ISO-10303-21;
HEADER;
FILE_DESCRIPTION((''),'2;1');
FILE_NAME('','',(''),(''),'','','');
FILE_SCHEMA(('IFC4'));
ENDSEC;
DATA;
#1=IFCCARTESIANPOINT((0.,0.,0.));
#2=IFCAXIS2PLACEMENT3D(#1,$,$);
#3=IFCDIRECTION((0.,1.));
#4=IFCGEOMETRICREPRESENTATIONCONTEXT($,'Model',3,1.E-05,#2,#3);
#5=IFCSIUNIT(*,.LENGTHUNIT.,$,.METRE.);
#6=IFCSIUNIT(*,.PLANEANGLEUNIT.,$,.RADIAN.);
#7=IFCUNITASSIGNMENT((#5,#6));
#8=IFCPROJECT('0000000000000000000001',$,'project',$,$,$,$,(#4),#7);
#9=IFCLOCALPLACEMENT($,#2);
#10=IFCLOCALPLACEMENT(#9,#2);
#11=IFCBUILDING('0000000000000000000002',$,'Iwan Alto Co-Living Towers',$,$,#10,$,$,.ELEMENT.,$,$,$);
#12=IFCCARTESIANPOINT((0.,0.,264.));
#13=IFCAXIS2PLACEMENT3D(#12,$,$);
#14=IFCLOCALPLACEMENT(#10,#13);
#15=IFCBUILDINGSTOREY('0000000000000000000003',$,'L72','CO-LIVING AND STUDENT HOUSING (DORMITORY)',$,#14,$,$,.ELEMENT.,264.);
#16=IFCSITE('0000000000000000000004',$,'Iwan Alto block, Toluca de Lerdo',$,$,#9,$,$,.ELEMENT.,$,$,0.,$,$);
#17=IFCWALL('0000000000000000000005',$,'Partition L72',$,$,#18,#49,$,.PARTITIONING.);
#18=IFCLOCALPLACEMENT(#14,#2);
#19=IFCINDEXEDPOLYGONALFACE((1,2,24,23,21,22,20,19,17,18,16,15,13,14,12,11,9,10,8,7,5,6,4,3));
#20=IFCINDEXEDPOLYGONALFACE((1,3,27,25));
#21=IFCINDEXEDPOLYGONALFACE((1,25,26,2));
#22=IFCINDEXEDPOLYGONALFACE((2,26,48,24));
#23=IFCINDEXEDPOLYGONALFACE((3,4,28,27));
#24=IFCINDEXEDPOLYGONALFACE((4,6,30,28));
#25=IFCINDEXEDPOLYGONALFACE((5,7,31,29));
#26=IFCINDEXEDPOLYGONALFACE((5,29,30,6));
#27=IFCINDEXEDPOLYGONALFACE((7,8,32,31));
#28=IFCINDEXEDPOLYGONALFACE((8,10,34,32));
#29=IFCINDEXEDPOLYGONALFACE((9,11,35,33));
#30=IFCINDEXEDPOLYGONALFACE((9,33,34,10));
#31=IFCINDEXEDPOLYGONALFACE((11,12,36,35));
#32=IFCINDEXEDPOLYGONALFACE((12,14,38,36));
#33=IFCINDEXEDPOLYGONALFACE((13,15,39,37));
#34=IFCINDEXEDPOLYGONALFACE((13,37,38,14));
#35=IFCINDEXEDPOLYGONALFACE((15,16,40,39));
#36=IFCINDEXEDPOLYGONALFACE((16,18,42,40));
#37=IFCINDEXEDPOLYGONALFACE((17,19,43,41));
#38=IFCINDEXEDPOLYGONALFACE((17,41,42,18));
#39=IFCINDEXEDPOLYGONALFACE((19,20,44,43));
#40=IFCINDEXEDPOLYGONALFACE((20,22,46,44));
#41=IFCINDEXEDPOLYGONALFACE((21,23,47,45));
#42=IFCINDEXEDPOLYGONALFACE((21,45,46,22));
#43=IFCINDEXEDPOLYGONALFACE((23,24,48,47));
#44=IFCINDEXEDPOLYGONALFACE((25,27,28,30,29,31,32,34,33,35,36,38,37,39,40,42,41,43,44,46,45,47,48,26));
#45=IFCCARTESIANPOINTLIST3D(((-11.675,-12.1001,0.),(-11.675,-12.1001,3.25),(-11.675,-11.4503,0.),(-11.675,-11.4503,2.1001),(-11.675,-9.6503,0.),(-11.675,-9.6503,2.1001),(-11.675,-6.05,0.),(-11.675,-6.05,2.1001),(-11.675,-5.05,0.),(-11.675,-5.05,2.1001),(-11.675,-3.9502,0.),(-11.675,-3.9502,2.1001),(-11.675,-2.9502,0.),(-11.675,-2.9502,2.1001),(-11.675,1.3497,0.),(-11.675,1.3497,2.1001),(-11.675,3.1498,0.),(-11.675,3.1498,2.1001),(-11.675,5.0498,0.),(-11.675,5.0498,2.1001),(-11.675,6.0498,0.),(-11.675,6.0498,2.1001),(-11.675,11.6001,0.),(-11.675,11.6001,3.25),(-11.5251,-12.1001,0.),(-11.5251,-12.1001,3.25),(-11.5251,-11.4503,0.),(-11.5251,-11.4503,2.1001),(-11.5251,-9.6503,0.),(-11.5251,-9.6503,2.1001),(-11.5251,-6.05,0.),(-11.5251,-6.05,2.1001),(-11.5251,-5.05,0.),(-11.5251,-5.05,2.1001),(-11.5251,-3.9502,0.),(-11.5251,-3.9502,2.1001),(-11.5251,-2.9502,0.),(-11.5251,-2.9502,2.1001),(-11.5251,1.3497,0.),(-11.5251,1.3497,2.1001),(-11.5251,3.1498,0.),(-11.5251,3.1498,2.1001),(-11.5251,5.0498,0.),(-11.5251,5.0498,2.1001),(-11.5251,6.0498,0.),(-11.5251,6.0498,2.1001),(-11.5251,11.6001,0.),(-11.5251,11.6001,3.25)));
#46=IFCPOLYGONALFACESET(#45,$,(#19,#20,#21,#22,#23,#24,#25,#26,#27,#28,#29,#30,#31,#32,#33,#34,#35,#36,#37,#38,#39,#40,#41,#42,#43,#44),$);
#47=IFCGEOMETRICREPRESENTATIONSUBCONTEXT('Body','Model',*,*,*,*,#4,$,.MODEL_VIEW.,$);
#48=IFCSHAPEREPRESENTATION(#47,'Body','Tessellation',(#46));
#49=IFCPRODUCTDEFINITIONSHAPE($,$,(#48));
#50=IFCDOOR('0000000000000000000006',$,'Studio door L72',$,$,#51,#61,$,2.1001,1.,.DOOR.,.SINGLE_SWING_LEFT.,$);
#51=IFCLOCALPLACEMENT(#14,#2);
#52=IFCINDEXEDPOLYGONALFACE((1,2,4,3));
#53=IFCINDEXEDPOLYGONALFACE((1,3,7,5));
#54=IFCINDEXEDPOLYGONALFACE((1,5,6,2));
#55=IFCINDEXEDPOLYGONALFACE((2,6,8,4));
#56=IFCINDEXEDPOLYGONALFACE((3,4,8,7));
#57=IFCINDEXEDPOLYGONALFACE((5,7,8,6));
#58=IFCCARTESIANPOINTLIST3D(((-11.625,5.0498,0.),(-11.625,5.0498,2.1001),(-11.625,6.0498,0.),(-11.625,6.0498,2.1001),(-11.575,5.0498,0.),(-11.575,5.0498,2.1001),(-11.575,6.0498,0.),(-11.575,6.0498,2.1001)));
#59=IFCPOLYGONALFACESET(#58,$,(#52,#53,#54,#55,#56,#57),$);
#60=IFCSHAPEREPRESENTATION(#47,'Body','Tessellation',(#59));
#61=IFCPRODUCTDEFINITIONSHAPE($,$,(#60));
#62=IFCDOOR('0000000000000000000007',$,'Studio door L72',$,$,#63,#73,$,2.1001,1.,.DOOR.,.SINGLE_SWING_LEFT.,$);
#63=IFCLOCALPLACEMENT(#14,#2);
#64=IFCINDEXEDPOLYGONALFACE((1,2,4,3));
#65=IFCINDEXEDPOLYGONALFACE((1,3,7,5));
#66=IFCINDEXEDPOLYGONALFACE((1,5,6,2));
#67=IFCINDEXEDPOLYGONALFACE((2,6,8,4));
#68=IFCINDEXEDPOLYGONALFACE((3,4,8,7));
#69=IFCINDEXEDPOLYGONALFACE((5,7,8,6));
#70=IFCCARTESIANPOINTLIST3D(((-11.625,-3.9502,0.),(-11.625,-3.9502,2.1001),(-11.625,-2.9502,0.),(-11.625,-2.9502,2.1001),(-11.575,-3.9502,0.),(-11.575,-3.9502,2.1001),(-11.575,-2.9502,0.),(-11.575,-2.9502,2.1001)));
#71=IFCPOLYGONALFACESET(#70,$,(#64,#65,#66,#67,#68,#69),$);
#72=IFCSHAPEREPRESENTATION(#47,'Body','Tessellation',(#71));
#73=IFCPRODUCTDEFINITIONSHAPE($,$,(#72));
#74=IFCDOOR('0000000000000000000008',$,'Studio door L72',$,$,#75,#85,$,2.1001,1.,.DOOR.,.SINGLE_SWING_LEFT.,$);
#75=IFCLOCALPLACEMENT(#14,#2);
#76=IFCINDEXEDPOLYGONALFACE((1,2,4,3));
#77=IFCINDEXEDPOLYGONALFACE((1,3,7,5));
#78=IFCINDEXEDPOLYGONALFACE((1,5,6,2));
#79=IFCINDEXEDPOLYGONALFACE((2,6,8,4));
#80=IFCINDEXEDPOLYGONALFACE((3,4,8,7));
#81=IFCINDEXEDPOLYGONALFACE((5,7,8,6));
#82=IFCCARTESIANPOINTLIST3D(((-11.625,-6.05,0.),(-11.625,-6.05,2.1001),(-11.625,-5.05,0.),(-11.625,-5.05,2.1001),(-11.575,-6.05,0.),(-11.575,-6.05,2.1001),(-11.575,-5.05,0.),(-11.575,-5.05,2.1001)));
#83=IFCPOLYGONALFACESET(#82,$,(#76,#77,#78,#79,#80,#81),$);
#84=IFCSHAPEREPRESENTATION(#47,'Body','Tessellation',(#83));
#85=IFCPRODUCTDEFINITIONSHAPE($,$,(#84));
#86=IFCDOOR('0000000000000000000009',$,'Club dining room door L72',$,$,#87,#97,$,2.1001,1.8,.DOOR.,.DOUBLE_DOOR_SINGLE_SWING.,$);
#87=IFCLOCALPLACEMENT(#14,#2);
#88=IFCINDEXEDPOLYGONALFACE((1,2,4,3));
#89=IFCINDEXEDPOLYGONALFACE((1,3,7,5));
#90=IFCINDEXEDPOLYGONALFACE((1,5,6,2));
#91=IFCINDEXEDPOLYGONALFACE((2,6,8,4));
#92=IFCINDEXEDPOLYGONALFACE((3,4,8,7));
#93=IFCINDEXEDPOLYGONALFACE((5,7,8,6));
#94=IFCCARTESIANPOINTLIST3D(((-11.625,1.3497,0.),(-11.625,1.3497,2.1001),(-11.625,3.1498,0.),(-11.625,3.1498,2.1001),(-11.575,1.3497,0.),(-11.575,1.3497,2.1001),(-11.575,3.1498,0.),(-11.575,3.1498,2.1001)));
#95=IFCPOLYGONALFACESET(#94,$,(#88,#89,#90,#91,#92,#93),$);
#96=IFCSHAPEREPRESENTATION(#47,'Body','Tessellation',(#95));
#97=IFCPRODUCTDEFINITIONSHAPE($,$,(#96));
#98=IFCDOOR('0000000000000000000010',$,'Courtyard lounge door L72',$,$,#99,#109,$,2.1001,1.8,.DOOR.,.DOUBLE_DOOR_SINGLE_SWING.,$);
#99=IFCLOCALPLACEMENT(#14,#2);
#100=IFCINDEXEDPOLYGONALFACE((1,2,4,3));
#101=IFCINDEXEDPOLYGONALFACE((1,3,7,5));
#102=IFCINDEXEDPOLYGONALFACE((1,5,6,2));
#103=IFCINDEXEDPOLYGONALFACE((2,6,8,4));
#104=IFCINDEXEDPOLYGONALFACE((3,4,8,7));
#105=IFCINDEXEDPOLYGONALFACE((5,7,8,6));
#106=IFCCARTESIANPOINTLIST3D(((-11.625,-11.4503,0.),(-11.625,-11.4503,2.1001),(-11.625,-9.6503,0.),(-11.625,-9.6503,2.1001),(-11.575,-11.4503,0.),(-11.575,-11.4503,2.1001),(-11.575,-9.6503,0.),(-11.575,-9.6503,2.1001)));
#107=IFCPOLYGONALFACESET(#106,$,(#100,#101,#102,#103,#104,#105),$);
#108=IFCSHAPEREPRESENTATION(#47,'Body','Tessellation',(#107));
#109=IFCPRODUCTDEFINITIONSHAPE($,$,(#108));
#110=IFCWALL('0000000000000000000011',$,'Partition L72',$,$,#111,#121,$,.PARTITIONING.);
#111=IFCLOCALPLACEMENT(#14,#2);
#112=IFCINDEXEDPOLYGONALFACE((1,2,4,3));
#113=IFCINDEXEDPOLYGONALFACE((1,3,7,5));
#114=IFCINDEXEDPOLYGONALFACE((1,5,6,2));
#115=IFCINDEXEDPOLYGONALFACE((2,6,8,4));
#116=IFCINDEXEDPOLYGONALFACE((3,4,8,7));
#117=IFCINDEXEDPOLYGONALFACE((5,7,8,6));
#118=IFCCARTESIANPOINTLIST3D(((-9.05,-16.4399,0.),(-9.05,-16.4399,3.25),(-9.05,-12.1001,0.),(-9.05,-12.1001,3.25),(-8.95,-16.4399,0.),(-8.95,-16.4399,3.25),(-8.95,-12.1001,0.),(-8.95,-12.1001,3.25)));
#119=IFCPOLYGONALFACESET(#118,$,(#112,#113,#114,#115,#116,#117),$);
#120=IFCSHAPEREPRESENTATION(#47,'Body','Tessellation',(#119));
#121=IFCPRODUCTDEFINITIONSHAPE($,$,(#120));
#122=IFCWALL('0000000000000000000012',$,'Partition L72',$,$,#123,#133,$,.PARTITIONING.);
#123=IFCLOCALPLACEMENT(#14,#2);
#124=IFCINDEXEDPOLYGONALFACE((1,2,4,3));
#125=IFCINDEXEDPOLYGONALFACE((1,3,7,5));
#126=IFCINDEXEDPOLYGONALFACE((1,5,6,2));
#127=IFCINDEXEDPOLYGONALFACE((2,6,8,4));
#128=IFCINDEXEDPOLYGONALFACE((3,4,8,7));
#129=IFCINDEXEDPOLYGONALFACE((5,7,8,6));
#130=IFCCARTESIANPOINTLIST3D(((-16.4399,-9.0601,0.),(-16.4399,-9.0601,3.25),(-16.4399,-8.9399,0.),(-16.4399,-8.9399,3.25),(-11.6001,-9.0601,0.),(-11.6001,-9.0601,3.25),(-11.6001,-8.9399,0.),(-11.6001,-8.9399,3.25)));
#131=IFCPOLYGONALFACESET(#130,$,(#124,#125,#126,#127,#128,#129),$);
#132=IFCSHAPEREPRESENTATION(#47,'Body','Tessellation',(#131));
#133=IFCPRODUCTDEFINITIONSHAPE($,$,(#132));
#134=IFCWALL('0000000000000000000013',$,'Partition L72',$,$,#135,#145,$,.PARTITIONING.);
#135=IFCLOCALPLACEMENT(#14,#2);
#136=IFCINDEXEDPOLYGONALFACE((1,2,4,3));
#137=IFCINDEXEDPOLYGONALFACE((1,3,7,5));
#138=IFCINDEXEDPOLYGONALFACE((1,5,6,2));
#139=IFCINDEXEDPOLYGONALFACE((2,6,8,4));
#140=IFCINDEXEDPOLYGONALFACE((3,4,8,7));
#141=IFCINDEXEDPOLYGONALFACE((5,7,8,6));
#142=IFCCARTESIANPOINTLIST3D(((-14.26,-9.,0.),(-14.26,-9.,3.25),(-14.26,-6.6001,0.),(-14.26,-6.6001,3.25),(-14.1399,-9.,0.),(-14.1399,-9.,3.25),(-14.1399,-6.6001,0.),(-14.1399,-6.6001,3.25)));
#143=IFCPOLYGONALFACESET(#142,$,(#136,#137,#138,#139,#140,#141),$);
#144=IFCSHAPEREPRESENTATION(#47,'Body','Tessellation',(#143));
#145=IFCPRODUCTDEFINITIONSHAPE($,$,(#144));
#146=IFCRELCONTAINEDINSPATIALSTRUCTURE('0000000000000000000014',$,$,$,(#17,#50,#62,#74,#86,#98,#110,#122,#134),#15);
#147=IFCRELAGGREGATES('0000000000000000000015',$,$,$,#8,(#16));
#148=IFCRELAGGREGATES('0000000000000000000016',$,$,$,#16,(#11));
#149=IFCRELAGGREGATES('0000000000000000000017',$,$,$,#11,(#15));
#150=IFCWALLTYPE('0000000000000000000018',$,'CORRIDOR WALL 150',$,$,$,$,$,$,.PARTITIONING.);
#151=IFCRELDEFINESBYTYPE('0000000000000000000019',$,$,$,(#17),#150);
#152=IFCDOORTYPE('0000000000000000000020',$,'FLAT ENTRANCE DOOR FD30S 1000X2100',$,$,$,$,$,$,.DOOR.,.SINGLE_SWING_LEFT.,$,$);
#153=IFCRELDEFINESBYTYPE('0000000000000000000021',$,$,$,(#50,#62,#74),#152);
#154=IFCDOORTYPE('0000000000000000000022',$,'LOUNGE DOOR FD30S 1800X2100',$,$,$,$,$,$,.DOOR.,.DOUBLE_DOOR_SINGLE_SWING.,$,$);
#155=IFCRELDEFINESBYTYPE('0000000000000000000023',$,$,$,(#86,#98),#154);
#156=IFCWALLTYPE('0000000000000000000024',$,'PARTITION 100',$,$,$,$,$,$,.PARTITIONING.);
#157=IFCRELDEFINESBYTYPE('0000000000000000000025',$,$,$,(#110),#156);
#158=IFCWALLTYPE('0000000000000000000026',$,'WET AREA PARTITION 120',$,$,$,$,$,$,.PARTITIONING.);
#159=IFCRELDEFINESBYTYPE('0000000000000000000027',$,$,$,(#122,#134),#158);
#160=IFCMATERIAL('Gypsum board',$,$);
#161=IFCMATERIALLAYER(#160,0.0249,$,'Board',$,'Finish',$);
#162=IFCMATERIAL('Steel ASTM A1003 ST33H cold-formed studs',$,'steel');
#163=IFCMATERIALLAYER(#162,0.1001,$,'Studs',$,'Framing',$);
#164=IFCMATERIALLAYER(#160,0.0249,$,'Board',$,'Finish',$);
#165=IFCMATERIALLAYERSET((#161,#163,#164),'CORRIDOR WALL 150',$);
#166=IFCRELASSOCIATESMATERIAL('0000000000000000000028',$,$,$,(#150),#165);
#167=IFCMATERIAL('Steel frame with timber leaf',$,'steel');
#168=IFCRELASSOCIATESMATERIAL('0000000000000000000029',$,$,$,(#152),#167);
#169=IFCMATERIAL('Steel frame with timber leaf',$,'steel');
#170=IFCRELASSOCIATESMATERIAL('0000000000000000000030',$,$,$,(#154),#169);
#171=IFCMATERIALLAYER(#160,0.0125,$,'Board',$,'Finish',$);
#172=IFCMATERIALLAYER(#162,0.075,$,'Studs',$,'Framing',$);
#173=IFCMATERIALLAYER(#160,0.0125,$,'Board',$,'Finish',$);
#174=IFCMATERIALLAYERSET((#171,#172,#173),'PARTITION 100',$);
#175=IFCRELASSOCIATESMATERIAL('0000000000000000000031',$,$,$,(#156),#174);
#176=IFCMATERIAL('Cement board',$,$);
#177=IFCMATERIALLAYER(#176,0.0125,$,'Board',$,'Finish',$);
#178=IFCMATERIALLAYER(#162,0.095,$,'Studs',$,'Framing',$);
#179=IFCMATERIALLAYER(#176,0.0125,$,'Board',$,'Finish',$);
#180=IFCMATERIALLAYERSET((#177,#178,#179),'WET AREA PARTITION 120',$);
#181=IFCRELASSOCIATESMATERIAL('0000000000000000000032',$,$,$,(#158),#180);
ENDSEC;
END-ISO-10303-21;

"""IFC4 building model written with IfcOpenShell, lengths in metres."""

from ifc_helpers import new_model, si_unit, direction, frame, frame_2d, origin, place, context, subcontext, project, spatial, rectangle, extrude, material, layer, layer_set, type_object, element, fill, save


model = new_model("IFC4")

# Units and contexts
model_context = context("Model", 3, precision=1e-05, world=origin(), true_north=direction((0.0, 1.0)))
body_context = subcontext(model_context, "Body", "Model", "MODEL_VIEW")
ifc_project = project(units=[si_unit("LENGTHUNIT", "METRE"), si_unit("PLANEANGLEUNIT", "RADIAN")], contexts=[model_context])

# Site, building, storey
site_placement = place(None, origin())
site = spatial("IfcSite", under=ifc_project, at=site_placement, Name="Iwan Alto block, Toluca de Lerdo", CompositionType="ELEMENT", RefElevation=0.0)
building_placement = place(site_placement, origin())
building = spatial("IfcBuilding", under=site, at=building_placement, Name="Iwan Alto Co-Living Towers", CompositionType="ELEMENT")
storey_placement = place(building_placement, frame((0.0, 0.0, 264.0)))
storey = spatial("IfcBuildingStorey", under=building, at=storey_placement, Name="L72", Description="CO-LIVING AND STUDENT HOUSING (DORMITORY)", CompositionType="ELEMENT", Elevation=264.0)

# Wall, openings, doors
ifc_material_1 = material(Name="Gypsum board")
ifc_layer_1 = layer(ifc_material_1, 0.0249, Name="Board", Category="Finish")
ifc_material_2 = material(Name="Steel ASTM A1003 ST33H cold-formed studs", Category="steel")
ifc_layer_2 = layer(ifc_material_2, 0.1001, Name="Studs", Category="Framing")
ifc_layer_3 = layer(ifc_material_1, 0.0249, Name="Board", Category="Finish")
ifc_layer_set_1 = layer_set([ifc_layer_1, ifc_layer_2, ifc_layer_3], Name="CORRIDOR WALL 150")
wall_type_1 = type_object("IfcWallType", Name="CORRIDOR WALL 150", PredefinedType="PARTITIONING", material=ifc_layer_set_1)
ifc_material_3 = material(Name="Steel frame with timber leaf", Category="steel")
door_type_1 = type_object("IfcDoorType", Name="FLAT ENTRANCE DOOR FD30S 1000X2100", OperationType="SINGLE_SWING_LEFT", PredefinedType="DOOR", material=ifc_material_3)
ifc_material_4 = material(Name="Steel frame with timber leaf", Category="steel")
door_type_2 = type_object("IfcDoorType", Name="LOUNGE DOOR FD30S 1800X2100", OperationType="DOUBLE_DOOR_SINGLE_SWING", PredefinedType="DOOR", material=ifc_material_4)
wall_1_placement = place(storey_placement, frame((-11.6001, -12.1001, 0.0), z_axis=(0.0, 0.0, 1.0), x_axis=(0.0, 1.0, 0.0)))
wall_1 = element("IfcWall", 1, at=wall_1_placement, inside=storey, type_object=wall_type_1, Name="Partition L72", PredefinedType="PARTITIONING", context=body_context, shape_type="SweptSolid", body=[
    extrude(rectangle(XDim=23.7002, YDim=0.1499, at=frame_2d((11.8501, 0.0))), origin(), (0.0, 0.0, 1.0), 3.25),
])
opening_1_placement = place(wall_1_placement, frame((17.1499, 0.0, 0.0)))
opening_1 = element("IfcOpeningElement", 2, at=opening_1_placement, cuts=wall_1, PredefinedType="OPENING", context=body_context, shape_type="SweptSolid", body=[
    extrude(rectangle(XDim=1.0, YDim=2.1001, at=frame_2d((0.5, 1.05))), frame((0.0, 0.085, 0.0), z_axis=(0.0, -1.0, 0.0), x_axis=(1.0, 0.0, 0.0)), (0.0, 0.0, 1.0), 0.1699),
])
opening_2_placement = place(wall_1_placement, frame((13.45, 0.0, 0.0)))
opening_2 = element("IfcOpeningElement", 3, at=opening_2_placement, cuts=wall_1, PredefinedType="OPENING", context=body_context, shape_type="SweptSolid", body=[
    extrude(rectangle(XDim=1.8, YDim=2.1001, at=frame_2d((0.8999, 1.05))), frame((0.0, 0.085, 0.0), z_axis=(0.0, -1.0, 0.0), x_axis=(1.0, 0.0, 0.0)), (0.0, 0.0, 1.0), 0.1699),
])
opening_3_placement = place(wall_1_placement, frame((8.1499, 0.0, 0.0)))
opening_3 = element("IfcOpeningElement", 4, at=opening_3_placement, cuts=wall_1, PredefinedType="OPENING", context=body_context, shape_type="SweptSolid", body=[
    extrude(rectangle(XDim=1.0, YDim=2.1001, at=frame_2d((0.5, 1.05))), frame((0.0, 0.085, 0.0), z_axis=(0.0, -1.0, 0.0), x_axis=(1.0, 0.0, 0.0)), (0.0, 0.0, 1.0), 0.1699),
])
opening_4_placement = place(wall_1_placement, frame((6.05, 0.0, 0.0)))
opening_4 = element("IfcOpeningElement", 5, at=opening_4_placement, cuts=wall_1, PredefinedType="OPENING", context=body_context, shape_type="SweptSolid", body=[
    extrude(rectangle(XDim=1.0, YDim=2.1001, at=frame_2d((0.5, 1.05))), frame((0.0, 0.085, 0.0), z_axis=(0.0, -1.0, 0.0), x_axis=(1.0, 0.0, 0.0)), (0.0, 0.0, 1.0), 0.1699),
])
opening_5_placement = place(wall_1_placement, frame((0.6499, 0.0, 0.0)))
opening_5 = element("IfcOpeningElement", 6, at=opening_5_placement, cuts=wall_1, PredefinedType="OPENING", context=body_context, shape_type="SweptSolid", body=[
    extrude(rectangle(XDim=1.8, YDim=2.1001, at=frame_2d((0.8999, 1.05))), frame((0.0, 0.085, 0.0), z_axis=(0.0, -1.0, 0.0), x_axis=(1.0, 0.0, 0.0)), (0.0, 0.0, 1.0), 0.1699),
])
door_1_placement = place(opening_1_placement, origin())
door_1 = element("IfcDoor", 7, at=door_1_placement, inside=storey, type_object=door_type_1, Name="Studio door L72", OperationType="SINGLE_SWING_LEFT", OverallHeight=2.1001, OverallWidth=1.0, PredefinedType="DOOR", context=body_context, shape_type="SweptSolid", body=[
    extrude(rectangle(XDim=1.0, YDim=2.1001, at=frame_2d((0.5, 1.05))), frame((0.0, 0.0249, 0.0), z_axis=(0.0, -1.0, 0.0), x_axis=(1.0, 0.0, 0.0)), (0.0, 0.0, 1.0), 0.05),
])
fill(opening_1, door_1)
door_2_placement = place(opening_3_placement, origin())
door_2 = element("IfcDoor", 8, at=door_2_placement, inside=storey, type_object=door_type_1, Name="Studio door L72", OperationType="SINGLE_SWING_LEFT", OverallHeight=2.1001, OverallWidth=1.0, PredefinedType="DOOR", context=body_context, shape_type="SweptSolid", body=[
    extrude(rectangle(XDim=1.0, YDim=2.1001, at=frame_2d((0.5, 1.05))), frame((0.0, 0.0249, 0.0), z_axis=(0.0, -1.0, 0.0), x_axis=(1.0, 0.0, 0.0)), (0.0, 0.0, 1.0), 0.05),
])
fill(opening_3, door_2)
door_3_placement = place(opening_4_placement, origin())
door_3 = element("IfcDoor", 9, at=door_3_placement, inside=storey, type_object=door_type_1, Name="Studio door L72", OperationType="SINGLE_SWING_LEFT", OverallHeight=2.1001, OverallWidth=1.0, PredefinedType="DOOR", context=body_context, shape_type="SweptSolid", body=[
    extrude(rectangle(XDim=1.0, YDim=2.1001, at=frame_2d((0.5, 1.05))), frame((0.0, 0.0249, 0.0), z_axis=(0.0, -1.0, 0.0), x_axis=(1.0, 0.0, 0.0)), (0.0, 0.0, 1.0), 0.05),
])
fill(opening_4, door_3)
door_4_placement = place(opening_2_placement, origin())
door_4 = element("IfcDoor", 10, at=door_4_placement, inside=storey, type_object=door_type_2, Name="Club dining room door L72", OperationType="DOUBLE_DOOR_SINGLE_SWING", OverallHeight=2.1001, OverallWidth=1.8, PredefinedType="DOOR", context=body_context, shape_type="SweptSolid", body=[
    extrude(rectangle(XDim=1.8, YDim=2.1001, at=frame_2d((0.8999, 1.05))), frame((0.0, 0.0249, 0.0), z_axis=(0.0, -1.0, 0.0), x_axis=(1.0, 0.0, 0.0)), (0.0, 0.0, 1.0), 0.05),
])
fill(opening_2, door_4)
door_5_placement = place(opening_5_placement, origin())
door_5 = element("IfcDoor", 11, at=door_5_placement, inside=storey, type_object=door_type_2, Name="Courtyard lounge door L72", OperationType="DOUBLE_DOOR_SINGLE_SWING", OverallHeight=2.1001, OverallWidth=1.8, PredefinedType="DOOR", context=body_context, shape_type="SweptSolid", body=[
    extrude(rectangle(XDim=1.8, YDim=2.1001, at=frame_2d((0.8999, 1.05))), frame((0.0, 0.0249, 0.0), z_axis=(0.0, -1.0, 0.0), x_axis=(1.0, 0.0, 0.0)), (0.0, 0.0, 1.0), 0.05),
])
fill(opening_5, door_5)

# Walls
ifc_layer_4 = layer(ifc_material_1, 0.0125, Name="Board", Category="Finish")
ifc_layer_5 = layer(ifc_material_2, 0.075, Name="Studs", Category="Framing")
ifc_layer_6 = layer(ifc_material_1, 0.0125, Name="Board", Category="Finish")
ifc_layer_set_2 = layer_set([ifc_layer_4, ifc_layer_5, ifc_layer_6], Name="PARTITION 100")
wall_type_2 = type_object("IfcWallType", Name="PARTITION 100", PredefinedType="PARTITIONING", material=ifc_layer_set_2)
wall_2_placement = place(storey_placement, frame((-9.0, -16.4399, 0.0), z_axis=(0.0, 0.0, 1.0), x_axis=(0.0, 1.0, 0.0)))
element("IfcWall", 12, at=wall_2_placement, inside=storey, type_object=wall_type_2, Name="Partition L72", PredefinedType="PARTITIONING", context=body_context, shape_type="SweptSolid", body=[
    extrude(rectangle(XDim=4.3398, YDim=0.1001, at=frame_2d((2.1699, 0.0))), origin(), (0.0, 0.0, 1.0), 3.25),
])
ifc_material_5 = material(Name="Cement board")
ifc_layer_7 = layer(ifc_material_5, 0.0125, Name="Board", Category="Finish")
ifc_layer_8 = layer(ifc_material_2, 0.095, Name="Studs", Category="Framing")
ifc_layer_9 = layer(ifc_material_5, 0.0125, Name="Board", Category="Finish")
ifc_layer_set_3 = layer_set([ifc_layer_7, ifc_layer_8, ifc_layer_9], Name="WET AREA PARTITION 120")
wall_type_3 = type_object("IfcWallType", Name="WET AREA PARTITION 120", PredefinedType="PARTITIONING", material=ifc_layer_set_3)
wall_3_placement = place(storey_placement, frame((-16.4399, -9.0, 0.0), z_axis=(0.0, 0.0, 1.0), x_axis=(1.0, 0.0, 0.0)))
element("IfcWall", 13, at=wall_3_placement, inside=storey, type_object=wall_type_3, Name="Partition L72", PredefinedType="PARTITIONING", context=body_context, shape_type="SweptSolid", body=[
    extrude(rectangle(XDim=4.8398, YDim=0.1201, at=frame_2d((2.4199, 0.0))), origin(), (0.0, 0.0, 1.0), 3.25),
])
wall_4_placement = place(storey_placement, frame((-14.2, -9.0, 0.0), z_axis=(0.0, 0.0, 1.0), x_axis=(0.0, 1.0, 0.0)))
element("IfcWall", 14, at=wall_4_placement, inside=storey, type_object=wall_type_3, Name="Partition L72", PredefinedType="PARTITIONING", context=body_context, shape_type="SweptSolid", body=[
    extrude(rectangle(XDim=2.3999, YDim=0.1201, at=frame_2d((1.2, 0.0))), origin(), (0.0, 0.0, 1.0), 3.25),
])

save(model, "model.ifc")
